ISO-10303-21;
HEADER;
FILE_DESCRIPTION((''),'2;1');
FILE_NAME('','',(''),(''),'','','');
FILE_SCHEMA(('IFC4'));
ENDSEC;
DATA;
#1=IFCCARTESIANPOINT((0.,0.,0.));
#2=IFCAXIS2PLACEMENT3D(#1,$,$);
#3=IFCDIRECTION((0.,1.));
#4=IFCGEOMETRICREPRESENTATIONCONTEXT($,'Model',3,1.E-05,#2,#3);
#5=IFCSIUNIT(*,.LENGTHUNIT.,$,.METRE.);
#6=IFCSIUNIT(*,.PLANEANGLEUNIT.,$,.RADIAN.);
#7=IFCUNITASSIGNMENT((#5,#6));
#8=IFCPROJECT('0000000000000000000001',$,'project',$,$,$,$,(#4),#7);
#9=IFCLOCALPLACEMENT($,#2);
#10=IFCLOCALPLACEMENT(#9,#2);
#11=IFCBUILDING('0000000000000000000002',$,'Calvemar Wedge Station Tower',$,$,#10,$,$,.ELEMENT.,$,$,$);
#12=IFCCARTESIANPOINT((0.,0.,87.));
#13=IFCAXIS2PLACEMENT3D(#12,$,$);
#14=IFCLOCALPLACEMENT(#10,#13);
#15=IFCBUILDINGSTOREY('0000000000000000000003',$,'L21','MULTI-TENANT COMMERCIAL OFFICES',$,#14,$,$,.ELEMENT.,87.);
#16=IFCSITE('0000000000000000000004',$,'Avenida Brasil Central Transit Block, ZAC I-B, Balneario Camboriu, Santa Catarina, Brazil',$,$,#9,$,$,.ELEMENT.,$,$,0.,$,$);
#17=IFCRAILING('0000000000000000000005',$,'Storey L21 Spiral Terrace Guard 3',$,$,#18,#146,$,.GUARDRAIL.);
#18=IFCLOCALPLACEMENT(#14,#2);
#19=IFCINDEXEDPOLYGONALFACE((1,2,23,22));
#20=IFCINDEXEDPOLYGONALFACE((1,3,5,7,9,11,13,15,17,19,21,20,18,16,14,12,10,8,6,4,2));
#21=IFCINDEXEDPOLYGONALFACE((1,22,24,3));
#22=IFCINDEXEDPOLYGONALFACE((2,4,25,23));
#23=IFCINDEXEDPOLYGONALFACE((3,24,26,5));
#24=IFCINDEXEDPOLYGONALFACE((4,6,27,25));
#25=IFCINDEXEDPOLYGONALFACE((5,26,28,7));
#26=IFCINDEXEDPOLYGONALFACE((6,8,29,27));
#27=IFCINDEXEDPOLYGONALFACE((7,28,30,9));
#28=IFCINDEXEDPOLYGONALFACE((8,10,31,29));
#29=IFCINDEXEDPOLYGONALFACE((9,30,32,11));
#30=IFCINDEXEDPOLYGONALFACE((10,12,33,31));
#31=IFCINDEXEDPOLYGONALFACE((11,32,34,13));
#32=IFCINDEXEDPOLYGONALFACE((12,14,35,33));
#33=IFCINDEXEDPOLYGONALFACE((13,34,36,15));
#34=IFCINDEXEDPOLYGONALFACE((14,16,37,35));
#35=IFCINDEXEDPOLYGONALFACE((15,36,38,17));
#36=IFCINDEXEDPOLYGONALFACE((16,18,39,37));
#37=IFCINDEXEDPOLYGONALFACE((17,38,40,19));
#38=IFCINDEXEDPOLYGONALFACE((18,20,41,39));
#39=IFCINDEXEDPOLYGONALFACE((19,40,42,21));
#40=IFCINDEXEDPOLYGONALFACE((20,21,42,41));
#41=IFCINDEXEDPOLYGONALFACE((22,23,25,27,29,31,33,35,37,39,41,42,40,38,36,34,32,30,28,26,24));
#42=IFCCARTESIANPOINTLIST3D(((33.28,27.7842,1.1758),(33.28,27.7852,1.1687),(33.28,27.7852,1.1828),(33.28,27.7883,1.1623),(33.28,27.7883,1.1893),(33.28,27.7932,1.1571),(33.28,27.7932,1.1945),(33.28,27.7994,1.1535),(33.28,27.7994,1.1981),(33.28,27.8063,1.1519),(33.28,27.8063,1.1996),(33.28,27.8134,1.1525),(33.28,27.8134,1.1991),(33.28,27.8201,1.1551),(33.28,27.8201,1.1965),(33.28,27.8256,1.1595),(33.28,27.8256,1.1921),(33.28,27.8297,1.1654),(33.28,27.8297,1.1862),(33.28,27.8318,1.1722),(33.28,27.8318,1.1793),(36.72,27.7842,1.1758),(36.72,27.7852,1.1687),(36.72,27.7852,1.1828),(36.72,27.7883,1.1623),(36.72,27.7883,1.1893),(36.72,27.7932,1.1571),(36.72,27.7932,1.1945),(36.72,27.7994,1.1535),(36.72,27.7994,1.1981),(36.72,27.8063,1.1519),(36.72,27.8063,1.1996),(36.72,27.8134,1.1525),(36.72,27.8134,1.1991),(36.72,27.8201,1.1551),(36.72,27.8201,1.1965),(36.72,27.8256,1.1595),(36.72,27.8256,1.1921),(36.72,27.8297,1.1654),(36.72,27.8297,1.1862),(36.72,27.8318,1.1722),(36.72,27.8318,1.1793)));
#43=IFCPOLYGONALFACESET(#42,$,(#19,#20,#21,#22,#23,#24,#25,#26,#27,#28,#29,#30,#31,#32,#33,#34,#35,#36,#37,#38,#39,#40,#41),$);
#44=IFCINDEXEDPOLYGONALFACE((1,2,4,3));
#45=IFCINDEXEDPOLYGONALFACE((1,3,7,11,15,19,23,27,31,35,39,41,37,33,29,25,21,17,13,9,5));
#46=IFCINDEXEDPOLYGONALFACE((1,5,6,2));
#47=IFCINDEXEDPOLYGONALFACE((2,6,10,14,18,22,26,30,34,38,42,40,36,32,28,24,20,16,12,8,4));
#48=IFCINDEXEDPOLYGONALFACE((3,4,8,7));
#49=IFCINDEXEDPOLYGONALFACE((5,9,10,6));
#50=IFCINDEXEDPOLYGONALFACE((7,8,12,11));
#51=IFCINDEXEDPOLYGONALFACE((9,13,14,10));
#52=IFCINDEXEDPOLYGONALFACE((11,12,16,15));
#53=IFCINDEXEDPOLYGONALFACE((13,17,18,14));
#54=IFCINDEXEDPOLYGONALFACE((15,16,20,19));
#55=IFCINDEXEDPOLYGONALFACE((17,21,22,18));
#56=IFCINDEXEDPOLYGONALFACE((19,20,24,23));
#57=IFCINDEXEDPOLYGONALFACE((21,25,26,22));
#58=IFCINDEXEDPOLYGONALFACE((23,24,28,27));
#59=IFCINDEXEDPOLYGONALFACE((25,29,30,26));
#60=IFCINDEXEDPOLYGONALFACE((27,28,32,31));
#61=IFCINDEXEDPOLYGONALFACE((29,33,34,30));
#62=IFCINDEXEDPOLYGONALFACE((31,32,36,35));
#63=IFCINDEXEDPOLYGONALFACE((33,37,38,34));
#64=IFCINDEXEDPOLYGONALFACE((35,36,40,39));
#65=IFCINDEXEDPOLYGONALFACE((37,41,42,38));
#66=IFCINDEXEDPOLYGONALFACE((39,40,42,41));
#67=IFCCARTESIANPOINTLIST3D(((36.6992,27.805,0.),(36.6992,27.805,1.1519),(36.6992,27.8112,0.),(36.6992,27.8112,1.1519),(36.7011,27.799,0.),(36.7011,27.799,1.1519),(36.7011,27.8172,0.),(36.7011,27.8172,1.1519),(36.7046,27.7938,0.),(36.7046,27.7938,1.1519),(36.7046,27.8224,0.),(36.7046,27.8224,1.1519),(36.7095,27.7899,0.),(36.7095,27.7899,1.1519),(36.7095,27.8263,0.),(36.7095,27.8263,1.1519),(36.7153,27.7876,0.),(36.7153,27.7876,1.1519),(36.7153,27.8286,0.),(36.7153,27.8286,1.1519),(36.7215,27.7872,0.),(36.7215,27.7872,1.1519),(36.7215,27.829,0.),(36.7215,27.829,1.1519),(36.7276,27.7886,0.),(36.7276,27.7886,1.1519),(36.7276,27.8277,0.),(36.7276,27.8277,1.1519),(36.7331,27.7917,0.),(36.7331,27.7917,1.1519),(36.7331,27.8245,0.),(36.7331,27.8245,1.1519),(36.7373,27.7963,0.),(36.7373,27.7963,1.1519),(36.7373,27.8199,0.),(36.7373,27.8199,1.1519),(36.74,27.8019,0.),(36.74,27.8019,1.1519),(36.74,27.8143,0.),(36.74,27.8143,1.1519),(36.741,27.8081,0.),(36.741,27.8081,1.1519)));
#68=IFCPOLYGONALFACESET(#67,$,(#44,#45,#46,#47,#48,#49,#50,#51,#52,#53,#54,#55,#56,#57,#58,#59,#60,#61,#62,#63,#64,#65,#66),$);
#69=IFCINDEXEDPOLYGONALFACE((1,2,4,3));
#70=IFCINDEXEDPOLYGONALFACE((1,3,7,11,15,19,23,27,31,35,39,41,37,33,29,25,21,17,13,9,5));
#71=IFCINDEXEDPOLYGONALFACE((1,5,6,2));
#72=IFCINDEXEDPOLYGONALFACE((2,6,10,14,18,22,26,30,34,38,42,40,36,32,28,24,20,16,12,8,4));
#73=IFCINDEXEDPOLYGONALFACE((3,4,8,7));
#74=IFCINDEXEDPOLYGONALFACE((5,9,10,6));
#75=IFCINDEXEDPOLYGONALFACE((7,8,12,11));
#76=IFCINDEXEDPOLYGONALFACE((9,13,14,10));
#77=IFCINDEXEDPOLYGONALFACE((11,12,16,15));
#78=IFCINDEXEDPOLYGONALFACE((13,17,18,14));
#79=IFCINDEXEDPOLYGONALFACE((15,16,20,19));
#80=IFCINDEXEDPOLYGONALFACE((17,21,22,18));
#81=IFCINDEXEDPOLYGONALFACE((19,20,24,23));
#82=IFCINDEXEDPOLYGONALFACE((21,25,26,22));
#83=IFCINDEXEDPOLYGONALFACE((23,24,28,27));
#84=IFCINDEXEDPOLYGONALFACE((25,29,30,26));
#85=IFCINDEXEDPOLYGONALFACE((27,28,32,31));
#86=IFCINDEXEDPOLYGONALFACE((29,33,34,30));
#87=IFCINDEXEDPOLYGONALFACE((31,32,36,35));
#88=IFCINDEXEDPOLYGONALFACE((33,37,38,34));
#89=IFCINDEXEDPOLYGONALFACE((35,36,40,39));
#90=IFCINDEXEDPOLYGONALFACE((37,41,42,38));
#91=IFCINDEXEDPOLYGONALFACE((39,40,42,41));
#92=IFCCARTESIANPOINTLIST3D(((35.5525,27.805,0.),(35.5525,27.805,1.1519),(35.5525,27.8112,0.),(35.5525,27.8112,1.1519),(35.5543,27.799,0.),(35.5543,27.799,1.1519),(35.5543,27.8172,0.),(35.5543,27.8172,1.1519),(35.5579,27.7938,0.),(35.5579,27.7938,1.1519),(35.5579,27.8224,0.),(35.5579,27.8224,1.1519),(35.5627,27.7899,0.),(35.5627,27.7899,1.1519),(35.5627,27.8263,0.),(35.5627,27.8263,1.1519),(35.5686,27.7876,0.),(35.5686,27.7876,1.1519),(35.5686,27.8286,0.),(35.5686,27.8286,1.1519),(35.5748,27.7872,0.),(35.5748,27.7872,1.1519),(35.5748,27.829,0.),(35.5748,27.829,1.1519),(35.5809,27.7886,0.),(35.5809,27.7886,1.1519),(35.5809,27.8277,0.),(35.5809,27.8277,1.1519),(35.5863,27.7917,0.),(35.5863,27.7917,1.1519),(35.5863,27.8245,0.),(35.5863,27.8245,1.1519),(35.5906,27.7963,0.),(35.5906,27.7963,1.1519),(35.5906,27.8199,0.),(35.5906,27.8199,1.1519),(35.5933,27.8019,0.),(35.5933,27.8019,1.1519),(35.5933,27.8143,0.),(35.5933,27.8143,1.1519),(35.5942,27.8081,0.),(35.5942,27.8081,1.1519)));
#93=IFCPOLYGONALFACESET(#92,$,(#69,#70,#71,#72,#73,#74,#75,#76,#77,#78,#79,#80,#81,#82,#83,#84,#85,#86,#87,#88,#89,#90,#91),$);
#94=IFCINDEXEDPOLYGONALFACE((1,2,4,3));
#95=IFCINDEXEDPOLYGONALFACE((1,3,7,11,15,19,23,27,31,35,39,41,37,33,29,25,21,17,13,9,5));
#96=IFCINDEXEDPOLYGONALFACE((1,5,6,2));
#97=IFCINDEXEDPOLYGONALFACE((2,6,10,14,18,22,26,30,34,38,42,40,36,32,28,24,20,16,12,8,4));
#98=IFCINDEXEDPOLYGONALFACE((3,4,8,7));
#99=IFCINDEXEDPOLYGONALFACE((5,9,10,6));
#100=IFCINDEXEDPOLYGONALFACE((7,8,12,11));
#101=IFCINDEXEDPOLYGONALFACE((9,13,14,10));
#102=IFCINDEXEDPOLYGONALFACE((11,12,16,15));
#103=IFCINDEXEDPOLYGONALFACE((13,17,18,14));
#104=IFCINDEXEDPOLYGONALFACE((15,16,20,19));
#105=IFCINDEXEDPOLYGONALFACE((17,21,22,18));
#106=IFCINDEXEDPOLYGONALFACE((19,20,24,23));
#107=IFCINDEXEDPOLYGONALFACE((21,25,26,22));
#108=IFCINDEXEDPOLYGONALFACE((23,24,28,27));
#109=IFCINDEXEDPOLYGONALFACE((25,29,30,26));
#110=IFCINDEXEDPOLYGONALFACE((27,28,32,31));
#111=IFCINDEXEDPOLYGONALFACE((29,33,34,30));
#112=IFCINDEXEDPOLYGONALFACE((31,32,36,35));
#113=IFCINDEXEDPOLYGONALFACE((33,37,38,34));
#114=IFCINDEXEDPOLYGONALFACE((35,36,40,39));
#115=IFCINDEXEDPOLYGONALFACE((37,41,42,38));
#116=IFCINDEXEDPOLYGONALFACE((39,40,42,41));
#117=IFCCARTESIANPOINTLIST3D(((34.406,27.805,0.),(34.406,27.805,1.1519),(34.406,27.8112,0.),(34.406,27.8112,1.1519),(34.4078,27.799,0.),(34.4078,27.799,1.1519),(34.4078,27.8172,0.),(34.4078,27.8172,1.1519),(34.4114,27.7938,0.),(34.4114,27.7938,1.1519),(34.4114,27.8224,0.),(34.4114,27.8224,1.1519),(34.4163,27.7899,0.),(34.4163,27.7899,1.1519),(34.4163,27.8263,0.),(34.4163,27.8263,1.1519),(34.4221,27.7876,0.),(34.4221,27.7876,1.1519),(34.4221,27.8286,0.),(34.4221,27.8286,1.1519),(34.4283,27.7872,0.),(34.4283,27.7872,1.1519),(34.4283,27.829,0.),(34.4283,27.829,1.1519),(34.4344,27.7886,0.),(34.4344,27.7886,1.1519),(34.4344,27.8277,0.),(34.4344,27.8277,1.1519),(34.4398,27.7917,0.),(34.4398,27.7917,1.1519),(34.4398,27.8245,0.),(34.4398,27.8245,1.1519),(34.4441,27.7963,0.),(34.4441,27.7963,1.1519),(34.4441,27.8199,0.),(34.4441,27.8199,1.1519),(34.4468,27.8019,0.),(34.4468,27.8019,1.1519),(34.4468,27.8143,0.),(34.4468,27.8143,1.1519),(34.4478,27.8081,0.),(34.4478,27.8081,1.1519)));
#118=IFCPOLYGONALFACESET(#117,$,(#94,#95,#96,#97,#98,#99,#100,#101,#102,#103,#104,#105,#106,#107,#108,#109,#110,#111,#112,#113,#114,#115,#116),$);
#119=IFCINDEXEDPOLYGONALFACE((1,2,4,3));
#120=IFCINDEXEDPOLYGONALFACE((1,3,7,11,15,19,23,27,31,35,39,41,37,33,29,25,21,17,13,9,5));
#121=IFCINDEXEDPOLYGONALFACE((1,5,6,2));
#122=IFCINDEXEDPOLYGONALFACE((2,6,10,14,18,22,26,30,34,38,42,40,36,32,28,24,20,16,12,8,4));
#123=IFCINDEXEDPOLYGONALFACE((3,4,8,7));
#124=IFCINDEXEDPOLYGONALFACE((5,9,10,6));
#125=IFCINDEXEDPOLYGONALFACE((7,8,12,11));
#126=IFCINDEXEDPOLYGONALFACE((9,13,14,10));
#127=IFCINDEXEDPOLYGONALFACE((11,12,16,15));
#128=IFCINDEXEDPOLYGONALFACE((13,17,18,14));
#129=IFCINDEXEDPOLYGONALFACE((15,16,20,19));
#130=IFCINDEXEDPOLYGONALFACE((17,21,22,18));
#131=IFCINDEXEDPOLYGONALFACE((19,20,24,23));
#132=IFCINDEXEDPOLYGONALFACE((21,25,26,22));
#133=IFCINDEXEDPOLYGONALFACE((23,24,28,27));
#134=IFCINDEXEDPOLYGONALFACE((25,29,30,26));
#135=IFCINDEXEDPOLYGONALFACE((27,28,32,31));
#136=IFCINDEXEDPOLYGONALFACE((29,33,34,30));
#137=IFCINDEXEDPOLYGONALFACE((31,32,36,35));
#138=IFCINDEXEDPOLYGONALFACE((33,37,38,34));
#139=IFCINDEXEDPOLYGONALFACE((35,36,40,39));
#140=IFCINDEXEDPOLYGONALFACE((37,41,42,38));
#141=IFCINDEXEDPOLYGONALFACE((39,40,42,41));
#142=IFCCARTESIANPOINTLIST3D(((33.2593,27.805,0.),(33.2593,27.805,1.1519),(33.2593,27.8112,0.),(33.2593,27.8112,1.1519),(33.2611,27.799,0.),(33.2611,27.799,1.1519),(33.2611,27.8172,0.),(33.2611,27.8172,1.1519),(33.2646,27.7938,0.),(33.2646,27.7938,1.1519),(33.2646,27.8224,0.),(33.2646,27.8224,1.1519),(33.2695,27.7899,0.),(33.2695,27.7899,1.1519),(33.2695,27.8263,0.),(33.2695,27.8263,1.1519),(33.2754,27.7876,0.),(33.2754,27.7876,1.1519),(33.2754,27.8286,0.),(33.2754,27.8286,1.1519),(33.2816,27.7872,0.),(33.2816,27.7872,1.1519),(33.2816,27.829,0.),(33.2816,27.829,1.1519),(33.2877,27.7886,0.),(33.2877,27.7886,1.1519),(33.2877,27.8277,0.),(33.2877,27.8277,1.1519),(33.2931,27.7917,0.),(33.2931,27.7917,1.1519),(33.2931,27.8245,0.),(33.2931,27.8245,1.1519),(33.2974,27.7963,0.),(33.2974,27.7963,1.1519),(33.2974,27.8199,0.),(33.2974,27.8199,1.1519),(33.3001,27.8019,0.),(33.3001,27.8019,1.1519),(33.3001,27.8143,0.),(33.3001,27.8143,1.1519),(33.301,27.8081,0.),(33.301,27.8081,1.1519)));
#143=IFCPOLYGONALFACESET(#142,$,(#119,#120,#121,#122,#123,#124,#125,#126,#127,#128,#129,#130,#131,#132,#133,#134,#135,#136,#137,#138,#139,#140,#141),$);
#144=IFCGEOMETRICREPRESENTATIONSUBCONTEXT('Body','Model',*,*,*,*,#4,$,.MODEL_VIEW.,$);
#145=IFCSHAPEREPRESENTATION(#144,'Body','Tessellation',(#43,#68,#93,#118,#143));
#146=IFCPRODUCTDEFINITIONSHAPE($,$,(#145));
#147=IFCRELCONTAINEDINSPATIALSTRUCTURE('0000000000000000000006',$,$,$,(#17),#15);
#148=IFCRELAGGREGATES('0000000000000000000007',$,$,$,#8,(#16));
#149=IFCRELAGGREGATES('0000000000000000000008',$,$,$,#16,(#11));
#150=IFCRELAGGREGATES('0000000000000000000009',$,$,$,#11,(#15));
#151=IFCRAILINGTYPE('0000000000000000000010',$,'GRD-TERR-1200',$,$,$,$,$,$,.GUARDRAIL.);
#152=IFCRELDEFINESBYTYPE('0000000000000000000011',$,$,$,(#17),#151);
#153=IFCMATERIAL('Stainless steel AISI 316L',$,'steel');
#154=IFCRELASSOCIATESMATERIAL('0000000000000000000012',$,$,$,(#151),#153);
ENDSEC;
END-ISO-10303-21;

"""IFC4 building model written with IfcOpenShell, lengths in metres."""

from ifc_helpers import new_model, si_unit, direction, frame, origin, origin_2d, place, context, subcontext, project, spatial, circle, extrude, material, type_object, element, save


model = new_model("IFC4")

# Units and contexts
model_context = context("Model", 3, precision=1e-05, world=origin(), true_north=direction((0.0, 1.0)))
body_context = subcontext(model_context, "Body", "Model", "MODEL_VIEW")
ifc_project = project(units=[si_unit("LENGTHUNIT", "METRE"), si_unit("PLANEANGLEUNIT", "RADIAN")], contexts=[model_context])

# Site, building, storey
site_placement = place(None, origin())
site = spatial("IfcSite", under=ifc_project, at=site_placement, Name="Avenida Brasil Central Transit Block, ZAC I-B, Balneario Camboriu, Santa Catarina, Brazil", CompositionType="ELEMENT", RefElevation=0.0)
building_placement = place(site_placement, origin())
building = spatial("IfcBuilding", under=site, at=building_placement, Name="Calvemar Wedge Station Tower", CompositionType="ELEMENT")
storey_placement = place(building_placement, frame((0.0, 0.0, 87.0)))
storey = spatial("IfcBuildingStorey", under=building, at=storey_placement, Name="L21", Description="MULTI-TENANT COMMERCIAL OFFICES", CompositionType="ELEMENT", Elevation=87.0)

# Railing
ifc_material_1 = material(Name="Stainless steel AISI 316L", Category="steel")
railing_type = type_object("IfcRailingType", Name="GRD-TERR-1200", PredefinedType="GUARDRAIL", material=ifc_material_1)
railing_1_placement = place(storey_placement, frame((36.72, 27.8081, 0.0)))
element("IfcRailing", 1, at=railing_1_placement, inside=storey, type_object=railing_type, Name="Storey L21 Spiral Terrace Guard 3", PredefinedType="GUARDRAIL", context=body_context, shape_type="SweptSolid", body=[
    extrude(circle(Radius=0.0239, at=origin_2d()), frame((0.0, 0.0, 1.1758), z_axis=(-1.0, 0.0, 0.0), x_axis=(0.0, -1.0, 0.0)), (0.0, 0.0, 1.0), 3.4399),
    extrude(circle(Radius=0.021, at=origin_2d()), origin(), (0.0, 0.0, 1.0), 1.1519),
    extrude(circle(Radius=0.021, at=origin_2d()), frame((-1.1467, 0.0, 0.0)), (0.0, 0.0, 1.0), 1.1519),
    extrude(circle(Radius=0.021, at=origin_2d()), frame((-2.2932, 0.0, 0.0)), (0.0, 0.0, 1.0), 1.1519),
    extrude(circle(Radius=0.021, at=origin_2d()), frame((-3.4399, 0.0, 0.0)), (0.0, 0.0, 1.0), 1.1519),
])

save(model, "model.ifc")
